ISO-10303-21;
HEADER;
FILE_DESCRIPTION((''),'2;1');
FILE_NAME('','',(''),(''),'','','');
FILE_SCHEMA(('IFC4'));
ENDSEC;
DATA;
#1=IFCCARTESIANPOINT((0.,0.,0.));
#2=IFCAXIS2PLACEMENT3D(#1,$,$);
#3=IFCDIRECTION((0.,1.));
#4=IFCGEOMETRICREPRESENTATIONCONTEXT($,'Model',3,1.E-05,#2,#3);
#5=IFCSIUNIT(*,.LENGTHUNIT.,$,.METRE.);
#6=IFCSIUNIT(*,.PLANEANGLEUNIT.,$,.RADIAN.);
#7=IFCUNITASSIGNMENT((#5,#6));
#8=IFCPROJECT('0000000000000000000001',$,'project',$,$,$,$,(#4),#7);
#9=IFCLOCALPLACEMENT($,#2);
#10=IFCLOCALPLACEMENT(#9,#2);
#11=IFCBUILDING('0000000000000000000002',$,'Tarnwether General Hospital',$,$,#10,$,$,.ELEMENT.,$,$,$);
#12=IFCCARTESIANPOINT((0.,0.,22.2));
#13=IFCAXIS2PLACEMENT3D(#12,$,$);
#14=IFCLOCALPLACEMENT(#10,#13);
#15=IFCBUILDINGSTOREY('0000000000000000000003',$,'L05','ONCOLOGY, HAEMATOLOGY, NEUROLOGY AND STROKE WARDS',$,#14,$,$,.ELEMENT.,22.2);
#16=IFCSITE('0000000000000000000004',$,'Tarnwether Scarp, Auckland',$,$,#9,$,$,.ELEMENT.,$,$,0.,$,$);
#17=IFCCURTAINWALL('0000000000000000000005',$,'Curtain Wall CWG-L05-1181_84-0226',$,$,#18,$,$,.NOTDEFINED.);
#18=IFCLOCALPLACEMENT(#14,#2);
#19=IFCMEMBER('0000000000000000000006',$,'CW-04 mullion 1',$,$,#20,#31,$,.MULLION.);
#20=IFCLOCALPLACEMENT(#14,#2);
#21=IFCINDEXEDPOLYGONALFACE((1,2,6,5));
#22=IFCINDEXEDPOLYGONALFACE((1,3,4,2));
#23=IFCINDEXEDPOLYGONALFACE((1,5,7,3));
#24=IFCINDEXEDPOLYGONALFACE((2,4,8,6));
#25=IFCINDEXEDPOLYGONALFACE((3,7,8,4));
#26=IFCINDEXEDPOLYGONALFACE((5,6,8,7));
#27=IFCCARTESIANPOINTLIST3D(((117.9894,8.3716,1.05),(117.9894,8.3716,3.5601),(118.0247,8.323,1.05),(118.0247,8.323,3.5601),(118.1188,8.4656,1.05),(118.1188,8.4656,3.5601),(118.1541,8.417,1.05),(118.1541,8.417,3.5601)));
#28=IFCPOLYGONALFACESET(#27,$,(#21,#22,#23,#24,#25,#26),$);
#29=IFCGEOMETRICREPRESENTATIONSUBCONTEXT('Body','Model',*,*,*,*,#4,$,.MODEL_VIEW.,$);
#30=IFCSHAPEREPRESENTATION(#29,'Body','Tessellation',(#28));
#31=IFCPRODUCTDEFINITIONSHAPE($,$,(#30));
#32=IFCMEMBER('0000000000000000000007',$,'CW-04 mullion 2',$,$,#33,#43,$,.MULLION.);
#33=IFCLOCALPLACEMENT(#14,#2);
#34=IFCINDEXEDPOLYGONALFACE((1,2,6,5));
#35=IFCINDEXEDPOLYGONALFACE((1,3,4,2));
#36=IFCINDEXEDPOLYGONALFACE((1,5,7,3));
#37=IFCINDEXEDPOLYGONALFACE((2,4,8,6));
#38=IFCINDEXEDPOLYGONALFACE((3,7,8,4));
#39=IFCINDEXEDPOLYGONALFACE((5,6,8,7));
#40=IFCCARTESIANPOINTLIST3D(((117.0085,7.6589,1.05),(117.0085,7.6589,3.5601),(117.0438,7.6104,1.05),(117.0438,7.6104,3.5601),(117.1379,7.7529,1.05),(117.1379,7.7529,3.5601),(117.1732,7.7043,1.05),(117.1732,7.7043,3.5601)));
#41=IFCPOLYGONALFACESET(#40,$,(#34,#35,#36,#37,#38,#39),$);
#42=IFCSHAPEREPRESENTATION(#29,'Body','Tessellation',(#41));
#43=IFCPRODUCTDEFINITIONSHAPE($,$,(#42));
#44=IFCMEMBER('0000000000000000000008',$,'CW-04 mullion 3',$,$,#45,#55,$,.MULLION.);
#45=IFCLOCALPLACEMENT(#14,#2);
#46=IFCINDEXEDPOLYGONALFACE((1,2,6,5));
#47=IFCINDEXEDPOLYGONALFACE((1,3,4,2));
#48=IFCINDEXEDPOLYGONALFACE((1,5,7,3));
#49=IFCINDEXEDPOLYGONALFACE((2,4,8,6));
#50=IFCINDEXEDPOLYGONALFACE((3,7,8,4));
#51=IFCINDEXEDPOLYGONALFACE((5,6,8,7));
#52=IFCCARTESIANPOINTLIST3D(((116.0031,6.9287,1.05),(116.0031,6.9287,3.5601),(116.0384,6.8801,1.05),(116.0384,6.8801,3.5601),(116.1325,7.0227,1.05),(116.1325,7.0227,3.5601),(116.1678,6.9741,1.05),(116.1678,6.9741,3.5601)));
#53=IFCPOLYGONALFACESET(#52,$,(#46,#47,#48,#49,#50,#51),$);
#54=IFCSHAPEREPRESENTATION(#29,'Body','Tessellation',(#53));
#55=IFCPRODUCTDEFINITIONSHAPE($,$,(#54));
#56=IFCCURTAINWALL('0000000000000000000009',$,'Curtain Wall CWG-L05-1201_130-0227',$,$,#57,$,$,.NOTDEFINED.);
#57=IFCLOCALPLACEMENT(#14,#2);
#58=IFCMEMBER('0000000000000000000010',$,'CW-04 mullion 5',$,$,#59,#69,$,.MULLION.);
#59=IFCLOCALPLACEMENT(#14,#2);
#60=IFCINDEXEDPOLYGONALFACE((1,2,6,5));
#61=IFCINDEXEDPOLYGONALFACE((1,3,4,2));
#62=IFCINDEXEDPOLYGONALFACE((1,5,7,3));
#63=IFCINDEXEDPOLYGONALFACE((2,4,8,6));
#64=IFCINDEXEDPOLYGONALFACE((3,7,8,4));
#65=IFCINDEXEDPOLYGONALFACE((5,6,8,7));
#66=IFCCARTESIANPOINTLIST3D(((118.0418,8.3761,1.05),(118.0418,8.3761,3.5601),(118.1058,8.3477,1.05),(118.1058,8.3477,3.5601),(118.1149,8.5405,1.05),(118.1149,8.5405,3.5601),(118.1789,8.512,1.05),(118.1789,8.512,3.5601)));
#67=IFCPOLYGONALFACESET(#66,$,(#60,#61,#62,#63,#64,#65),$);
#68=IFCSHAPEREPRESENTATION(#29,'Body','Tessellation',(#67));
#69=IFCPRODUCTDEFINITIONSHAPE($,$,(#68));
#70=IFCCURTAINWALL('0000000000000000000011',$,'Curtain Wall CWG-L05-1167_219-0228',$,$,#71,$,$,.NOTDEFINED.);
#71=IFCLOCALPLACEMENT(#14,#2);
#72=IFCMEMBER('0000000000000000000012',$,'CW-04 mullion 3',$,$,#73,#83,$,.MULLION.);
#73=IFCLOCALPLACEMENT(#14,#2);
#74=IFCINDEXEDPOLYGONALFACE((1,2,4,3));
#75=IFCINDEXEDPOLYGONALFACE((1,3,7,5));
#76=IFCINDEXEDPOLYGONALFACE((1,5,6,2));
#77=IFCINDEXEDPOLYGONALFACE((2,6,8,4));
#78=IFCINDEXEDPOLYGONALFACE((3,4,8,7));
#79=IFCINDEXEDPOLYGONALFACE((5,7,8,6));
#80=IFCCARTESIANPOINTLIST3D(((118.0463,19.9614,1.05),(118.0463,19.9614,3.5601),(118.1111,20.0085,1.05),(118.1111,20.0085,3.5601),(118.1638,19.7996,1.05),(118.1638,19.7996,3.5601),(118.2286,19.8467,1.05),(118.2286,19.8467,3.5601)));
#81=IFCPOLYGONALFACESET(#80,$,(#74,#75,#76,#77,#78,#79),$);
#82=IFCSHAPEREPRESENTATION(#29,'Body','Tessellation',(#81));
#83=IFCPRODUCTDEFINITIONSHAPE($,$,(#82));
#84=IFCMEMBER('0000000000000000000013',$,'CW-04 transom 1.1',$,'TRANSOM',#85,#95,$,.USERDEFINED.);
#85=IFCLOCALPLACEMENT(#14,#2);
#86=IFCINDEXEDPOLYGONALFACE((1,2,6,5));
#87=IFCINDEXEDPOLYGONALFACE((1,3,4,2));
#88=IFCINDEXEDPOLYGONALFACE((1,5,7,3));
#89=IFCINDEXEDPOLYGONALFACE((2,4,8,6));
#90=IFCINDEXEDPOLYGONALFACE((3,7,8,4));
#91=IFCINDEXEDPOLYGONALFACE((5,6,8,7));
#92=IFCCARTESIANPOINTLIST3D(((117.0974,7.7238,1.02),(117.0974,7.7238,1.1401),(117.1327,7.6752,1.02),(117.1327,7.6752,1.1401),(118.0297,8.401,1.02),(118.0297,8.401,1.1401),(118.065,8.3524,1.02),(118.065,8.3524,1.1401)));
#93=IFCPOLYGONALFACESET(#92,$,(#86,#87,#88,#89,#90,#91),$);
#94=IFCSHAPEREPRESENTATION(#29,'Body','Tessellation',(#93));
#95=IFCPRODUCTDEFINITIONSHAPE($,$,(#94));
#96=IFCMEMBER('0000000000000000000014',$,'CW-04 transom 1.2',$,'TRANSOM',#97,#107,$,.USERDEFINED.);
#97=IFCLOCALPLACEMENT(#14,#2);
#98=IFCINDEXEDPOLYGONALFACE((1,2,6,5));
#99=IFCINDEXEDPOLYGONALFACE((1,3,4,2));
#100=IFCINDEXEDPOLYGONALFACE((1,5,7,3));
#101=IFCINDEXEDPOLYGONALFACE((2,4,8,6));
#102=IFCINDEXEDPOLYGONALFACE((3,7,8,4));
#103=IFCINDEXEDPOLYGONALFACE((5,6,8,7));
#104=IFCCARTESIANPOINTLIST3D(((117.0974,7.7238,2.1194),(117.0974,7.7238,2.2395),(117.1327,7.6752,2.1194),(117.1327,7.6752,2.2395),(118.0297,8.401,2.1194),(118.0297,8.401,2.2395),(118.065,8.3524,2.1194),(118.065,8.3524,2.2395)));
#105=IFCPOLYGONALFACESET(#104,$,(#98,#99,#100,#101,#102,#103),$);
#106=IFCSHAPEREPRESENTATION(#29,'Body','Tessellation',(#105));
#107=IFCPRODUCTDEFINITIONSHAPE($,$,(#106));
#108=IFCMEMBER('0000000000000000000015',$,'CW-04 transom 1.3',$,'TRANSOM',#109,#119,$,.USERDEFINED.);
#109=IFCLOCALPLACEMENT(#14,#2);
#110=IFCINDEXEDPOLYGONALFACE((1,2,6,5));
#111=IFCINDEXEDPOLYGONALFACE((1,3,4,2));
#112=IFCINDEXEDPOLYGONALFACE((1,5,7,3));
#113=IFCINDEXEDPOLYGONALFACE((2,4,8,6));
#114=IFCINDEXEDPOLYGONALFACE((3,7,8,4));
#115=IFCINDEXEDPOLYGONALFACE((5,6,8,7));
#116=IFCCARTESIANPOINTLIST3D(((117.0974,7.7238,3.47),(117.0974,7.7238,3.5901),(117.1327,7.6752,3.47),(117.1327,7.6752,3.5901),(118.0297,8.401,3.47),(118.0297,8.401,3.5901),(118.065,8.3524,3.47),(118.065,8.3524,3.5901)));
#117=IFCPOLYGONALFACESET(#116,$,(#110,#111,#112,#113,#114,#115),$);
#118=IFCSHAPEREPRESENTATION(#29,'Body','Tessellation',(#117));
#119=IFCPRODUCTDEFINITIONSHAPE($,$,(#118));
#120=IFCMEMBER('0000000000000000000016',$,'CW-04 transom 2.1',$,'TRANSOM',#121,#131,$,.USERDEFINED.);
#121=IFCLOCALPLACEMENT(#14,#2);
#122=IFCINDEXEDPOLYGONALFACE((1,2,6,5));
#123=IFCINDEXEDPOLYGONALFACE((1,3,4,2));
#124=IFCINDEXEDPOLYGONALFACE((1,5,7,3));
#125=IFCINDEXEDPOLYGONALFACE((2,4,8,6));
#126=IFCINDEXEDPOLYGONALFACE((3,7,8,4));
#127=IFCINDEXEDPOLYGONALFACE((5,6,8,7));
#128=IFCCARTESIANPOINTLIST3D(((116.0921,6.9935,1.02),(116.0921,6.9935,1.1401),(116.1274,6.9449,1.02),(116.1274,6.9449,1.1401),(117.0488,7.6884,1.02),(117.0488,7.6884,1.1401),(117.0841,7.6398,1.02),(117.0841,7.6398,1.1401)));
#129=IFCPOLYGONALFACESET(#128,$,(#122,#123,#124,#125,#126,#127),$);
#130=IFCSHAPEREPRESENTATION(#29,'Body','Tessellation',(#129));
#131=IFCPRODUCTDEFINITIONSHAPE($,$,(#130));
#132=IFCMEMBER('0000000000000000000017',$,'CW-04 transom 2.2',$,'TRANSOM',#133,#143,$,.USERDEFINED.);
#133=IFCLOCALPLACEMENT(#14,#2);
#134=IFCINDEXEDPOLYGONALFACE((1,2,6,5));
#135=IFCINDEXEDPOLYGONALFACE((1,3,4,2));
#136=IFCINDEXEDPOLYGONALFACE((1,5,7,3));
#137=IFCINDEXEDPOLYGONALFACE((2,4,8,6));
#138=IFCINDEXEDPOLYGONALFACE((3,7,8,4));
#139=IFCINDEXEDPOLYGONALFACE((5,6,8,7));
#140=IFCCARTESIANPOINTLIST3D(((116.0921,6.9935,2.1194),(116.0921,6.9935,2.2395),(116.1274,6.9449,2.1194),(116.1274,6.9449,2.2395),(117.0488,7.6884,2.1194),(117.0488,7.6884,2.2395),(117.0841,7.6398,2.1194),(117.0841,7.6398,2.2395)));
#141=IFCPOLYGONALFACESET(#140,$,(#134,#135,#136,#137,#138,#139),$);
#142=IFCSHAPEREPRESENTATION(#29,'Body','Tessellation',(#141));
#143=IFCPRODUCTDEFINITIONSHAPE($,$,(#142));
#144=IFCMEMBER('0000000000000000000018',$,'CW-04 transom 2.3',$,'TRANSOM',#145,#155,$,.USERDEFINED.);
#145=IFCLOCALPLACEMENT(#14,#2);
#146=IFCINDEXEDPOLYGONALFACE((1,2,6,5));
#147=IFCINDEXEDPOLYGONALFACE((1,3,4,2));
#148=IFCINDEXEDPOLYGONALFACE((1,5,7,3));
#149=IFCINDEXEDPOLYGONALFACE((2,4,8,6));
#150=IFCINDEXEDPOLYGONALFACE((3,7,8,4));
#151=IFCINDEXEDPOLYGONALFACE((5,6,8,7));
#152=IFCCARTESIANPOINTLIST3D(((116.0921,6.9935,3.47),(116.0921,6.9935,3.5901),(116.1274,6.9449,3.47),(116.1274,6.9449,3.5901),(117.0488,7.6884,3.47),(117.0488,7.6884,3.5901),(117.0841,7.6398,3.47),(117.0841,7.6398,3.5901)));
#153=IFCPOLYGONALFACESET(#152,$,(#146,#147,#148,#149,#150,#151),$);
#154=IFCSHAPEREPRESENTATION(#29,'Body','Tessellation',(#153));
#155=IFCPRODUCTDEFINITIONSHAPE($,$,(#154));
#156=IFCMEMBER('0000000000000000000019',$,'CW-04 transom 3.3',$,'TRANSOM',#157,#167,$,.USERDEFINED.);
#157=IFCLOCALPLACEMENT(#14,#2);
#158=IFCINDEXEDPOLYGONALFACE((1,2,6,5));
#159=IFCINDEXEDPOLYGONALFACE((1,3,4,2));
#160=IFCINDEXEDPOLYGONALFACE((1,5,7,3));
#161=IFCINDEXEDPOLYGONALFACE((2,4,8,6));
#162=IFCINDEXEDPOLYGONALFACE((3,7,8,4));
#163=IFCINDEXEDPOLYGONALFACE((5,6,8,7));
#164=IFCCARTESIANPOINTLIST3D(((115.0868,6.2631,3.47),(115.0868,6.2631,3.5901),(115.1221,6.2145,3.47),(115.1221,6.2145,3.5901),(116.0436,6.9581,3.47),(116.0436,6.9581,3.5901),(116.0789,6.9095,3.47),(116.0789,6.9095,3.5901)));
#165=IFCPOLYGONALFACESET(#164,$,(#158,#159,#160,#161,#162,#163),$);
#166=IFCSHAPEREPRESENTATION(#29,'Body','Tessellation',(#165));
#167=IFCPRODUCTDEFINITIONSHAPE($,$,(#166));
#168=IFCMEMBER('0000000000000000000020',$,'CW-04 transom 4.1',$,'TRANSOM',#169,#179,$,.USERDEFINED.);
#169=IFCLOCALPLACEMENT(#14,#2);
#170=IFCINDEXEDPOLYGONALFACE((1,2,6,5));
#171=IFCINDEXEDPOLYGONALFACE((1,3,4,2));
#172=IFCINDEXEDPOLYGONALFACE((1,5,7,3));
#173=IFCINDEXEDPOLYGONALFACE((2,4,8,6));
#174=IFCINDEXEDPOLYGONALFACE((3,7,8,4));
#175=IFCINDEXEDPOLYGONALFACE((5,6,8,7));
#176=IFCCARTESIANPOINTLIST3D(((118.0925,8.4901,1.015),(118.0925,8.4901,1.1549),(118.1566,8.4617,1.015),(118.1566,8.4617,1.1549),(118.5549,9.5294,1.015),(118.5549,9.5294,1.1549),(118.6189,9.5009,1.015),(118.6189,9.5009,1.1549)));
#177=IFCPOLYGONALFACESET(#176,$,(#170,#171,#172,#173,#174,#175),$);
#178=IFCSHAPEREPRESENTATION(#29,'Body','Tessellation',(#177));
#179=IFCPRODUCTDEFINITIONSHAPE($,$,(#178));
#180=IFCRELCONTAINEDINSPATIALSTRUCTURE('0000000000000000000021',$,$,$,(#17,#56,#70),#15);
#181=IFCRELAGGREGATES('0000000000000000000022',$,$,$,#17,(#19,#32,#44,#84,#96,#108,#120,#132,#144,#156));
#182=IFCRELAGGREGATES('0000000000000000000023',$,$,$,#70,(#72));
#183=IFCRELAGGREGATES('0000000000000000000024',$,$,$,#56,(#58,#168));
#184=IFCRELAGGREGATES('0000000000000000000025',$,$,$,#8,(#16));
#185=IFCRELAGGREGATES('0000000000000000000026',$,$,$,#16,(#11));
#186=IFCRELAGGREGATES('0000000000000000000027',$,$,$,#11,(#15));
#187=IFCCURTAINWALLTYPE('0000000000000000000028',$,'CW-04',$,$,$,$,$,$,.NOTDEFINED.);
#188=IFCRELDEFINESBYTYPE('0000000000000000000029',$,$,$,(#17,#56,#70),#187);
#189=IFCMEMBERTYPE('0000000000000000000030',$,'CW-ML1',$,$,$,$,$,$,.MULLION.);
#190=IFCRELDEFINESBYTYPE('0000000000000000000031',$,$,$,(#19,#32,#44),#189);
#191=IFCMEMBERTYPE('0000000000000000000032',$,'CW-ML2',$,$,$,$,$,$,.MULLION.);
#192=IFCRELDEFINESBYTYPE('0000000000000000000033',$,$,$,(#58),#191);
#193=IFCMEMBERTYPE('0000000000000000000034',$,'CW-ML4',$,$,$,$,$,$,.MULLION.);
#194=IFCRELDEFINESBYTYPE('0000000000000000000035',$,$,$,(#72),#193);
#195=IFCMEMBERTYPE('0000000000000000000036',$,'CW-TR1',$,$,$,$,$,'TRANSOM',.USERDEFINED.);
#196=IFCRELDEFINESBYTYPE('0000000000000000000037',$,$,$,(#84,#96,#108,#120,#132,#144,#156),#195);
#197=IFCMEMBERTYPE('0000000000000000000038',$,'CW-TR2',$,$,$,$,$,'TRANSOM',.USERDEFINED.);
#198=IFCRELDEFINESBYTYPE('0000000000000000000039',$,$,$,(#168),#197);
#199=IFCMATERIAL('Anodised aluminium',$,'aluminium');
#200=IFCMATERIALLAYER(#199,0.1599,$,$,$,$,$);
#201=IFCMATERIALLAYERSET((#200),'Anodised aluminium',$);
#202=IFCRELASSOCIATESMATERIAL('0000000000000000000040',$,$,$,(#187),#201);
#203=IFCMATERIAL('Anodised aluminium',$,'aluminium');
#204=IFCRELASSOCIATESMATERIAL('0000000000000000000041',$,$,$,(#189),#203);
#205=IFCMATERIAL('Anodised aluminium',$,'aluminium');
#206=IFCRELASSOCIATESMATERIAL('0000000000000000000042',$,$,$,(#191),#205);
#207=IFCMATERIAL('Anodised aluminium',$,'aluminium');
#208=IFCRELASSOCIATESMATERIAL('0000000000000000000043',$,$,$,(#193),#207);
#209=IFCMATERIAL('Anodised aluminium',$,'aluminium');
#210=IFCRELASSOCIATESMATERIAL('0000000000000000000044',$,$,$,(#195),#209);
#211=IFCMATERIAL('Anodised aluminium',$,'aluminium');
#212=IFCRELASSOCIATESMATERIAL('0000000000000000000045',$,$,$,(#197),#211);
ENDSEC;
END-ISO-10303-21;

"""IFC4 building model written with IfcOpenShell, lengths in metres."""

from ifc_helpers import new_model, si_unit, direction, frame, origin, origin_2d, place, context, subcontext, project, spatial, rectangle, extrude, material, layer, layer_set, material_profile, profile_set, type_object, element, aggregate, save


model = new_model("IFC4")

# Units and contexts
model_context = context("Model", 3, precision=1e-05, world=origin(), true_north=direction((0.0, 1.0)))
body_context = subcontext(model_context, "Body", "Model", "MODEL_VIEW")
ifc_project = project(units=[si_unit("LENGTHUNIT", "METRE"), si_unit("PLANEANGLEUNIT", "RADIAN")], contexts=[model_context])

# Site, building, storey
site_placement = place(None, origin())
site = spatial("IfcSite", under=ifc_project, at=site_placement, Name="Tarnwether Scarp, Auckland", CompositionType="ELEMENT", RefElevation=0.0)
building_placement = place(site_placement, origin())
building = spatial("IfcBuilding", under=site, at=building_placement, Name="Tarnwether General Hospital", CompositionType="ELEMENT")
storey_placement = place(building_placement, frame((0.0, 0.0, 22.2)))
storey = spatial("IfcBuildingStorey", under=building, at=storey_placement, Name="L05", Description="ONCOLOGY, HAEMATOLOGY, NEUROLOGY AND STROKE WARDS", CompositionType="ELEMENT", Elevation=22.2)

# Curtain wall, members
ifc_material_1 = material(Name="Anodised aluminium", Category="aluminium")
ifc_layer_1 = layer(ifc_material_1, 0.1599)
ifc_layer_set_1 = layer_set([ifc_layer_1], Name="Anodised aluminium")
curtain_wall_type = type_object("IfcCurtainWallType", Name="CW-04", PredefinedType="NOTDEFINED", material=ifc_layer_set_1)
curtain_wall_1_placement = place(storey_placement, origin())
curtain_wall_1 = element("IfcCurtainWall", 1, at=curtain_wall_1_placement, inside=storey, type_object=curtain_wall_type, Name="Curtain Wall CWG-L05-1181_84-0226", PredefinedType="NOTDEFINED")
ifc_material_2 = material(Name="Anodised aluminium", Category="aluminium")
ifc_material_profile_1 = material_profile(ifc_material_2, rectangle(XDim=0.0601, YDim=0.1599, at=origin_2d()), Name="ALU-MUL-60x160")
ifc_profile_set_1 = profile_set([ifc_material_profile_1], Name="Anodised aluminium")
member_type_1 = type_object("IfcMemberType", Name="CW-ML1", PredefinedType="MULLION", material=ifc_profile_set_1)
member_1_placement = place(storey_placement, frame((118.0718, 8.3943, 1.05), z_axis=(0.0, 0.0, 1.0), x_axis=(0.587729, -0.809058, 0.0)))
member_1 = element("IfcMember", 2, at=member_1_placement, type_object=member_type_1, Name="CW-04 mullion 1", PredefinedType="MULLION", context=body_context, shape_type="SweptSolid", body=[
    extrude(rectangle(XDim=0.0601, YDim=0.1599, at=origin_2d()), origin(), (0.0, 0.0, 1.0), 2.51),
])
member_2_placement = place(storey_placement, frame((117.0908, 7.6816, 1.05), z_axis=(0.0, 0.0, 1.0), x_axis=(0.587729, -0.809058, 0.0)))
member_2 = element("IfcMember", 3, at=member_2_placement, type_object=member_type_1, Name="CW-04 mullion 2", PredefinedType="MULLION", context=body_context, shape_type="SweptSolid", body=[
    extrude(rectangle(XDim=0.0601, YDim=0.1599, at=origin_2d()), origin(), (0.0, 0.0, 1.0), 2.51),
])
member_3_placement = place(storey_placement, frame((116.0854, 6.9514, 1.05), z_axis=(0.0, 0.0, 1.0), x_axis=(0.587729, -0.809058, 0.0)))
member_3 = element("IfcMember", 4, at=member_3_placement, type_object=member_type_1, Name="CW-04 mullion 3", PredefinedType="MULLION", context=body_context, shape_type="SweptSolid", body=[
    extrude(rectangle(XDim=0.0601, YDim=0.1599, at=origin_2d()), origin(), (0.0, 0.0, 1.0), 2.51),
])

# Curtain walls, members
curtain_wall_2_placement = place(storey_placement, origin())
curtain_wall_2 = element("IfcCurtainWall", 5, at=curtain_wall_2_placement, inside=storey, type_object=curtain_wall_type, Name="Curtain Wall CWG-L05-1201_130-0227", PredefinedType="NOTDEFINED")
ifc_material_3 = material(Name="Anodised aluminium", Category="aluminium")
ifc_material_profile_2 = material_profile(ifc_material_3, rectangle(XDim=0.0701, YDim=0.1799, at=origin_2d()), Name="ALU-MUL-70x180")
ifc_profile_set_2 = profile_set([ifc_material_profile_2], Name="Anodised aluminium")
member_type_2 = type_object("IfcMemberType", Name="CW-ML2", PredefinedType="MULLION", material=ifc_profile_set_2)
member_4_placement = place(storey_placement, frame((118.1104, 8.4441, 1.05), z_axis=(0.0, 0.0, 1.0), x_axis=(0.913571, -0.40668, 0.0)))
member_4 = element("IfcMember", 6, at=member_4_placement, type_object=member_type_2, Name="CW-04 mullion 5", PredefinedType="MULLION", context=body_context, shape_type="SweptSolid", body=[
    extrude(rectangle(XDim=0.0701, YDim=0.1799, at=origin_2d()), origin(), (0.0, 0.0, 1.0), 2.51),
])
curtain_wall_3_placement = place(storey_placement, origin())
curtain_wall_3 = element("IfcCurtainWall", 7, at=curtain_wall_3_placement, inside=storey, type_object=curtain_wall_type, Name="Curtain Wall CWG-L05-1167_219-0228", PredefinedType="NOTDEFINED")
ifc_material_4 = material(Name="Anodised aluminium", Category="aluminium")
ifc_material_profile_3 = material_profile(ifc_material_4, rectangle(XDim=0.0801, YDim=0.2, at=origin_2d()), Name="ALU-MUL-80x200")
ifc_profile_set_3 = profile_set([ifc_material_profile_3], Name="Anodised aluminium")
member_type_3 = type_object("IfcMemberType", Name="CW-ML4", PredefinedType="MULLION", material=ifc_profile_set_3)
member_5_placement = place(storey_placement, frame((118.1375, 19.9041, 1.05), z_axis=(0.0, 0.0, 1.0), x_axis=(0.808988, 0.587825, 0.0)))
member_5 = element("IfcMember", 8, at=member_5_placement, type_object=member_type_3, Name="CW-04 mullion 3", PredefinedType="MULLION", context=body_context, shape_type="SweptSolid", body=[
    extrude(rectangle(XDim=0.0801, YDim=0.2, at=origin_2d()), origin(), (0.0, 0.0, 1.0), 2.51),
])

# Members
ifc_material_5 = material(Name="Anodised aluminium", Category="aluminium")
ifc_material_profile_4 = material_profile(ifc_material_5, rectangle(XDim=0.0601, YDim=0.1201, at=origin_2d()), Name="ALU-TRN-60x120")
ifc_profile_set_4 = profile_set([ifc_material_profile_4], Name="Anodised aluminium")
member_type_4 = type_object("IfcMemberType", Name="CW-TR1", ElementType="TRANSOM", PredefinedType="USERDEFINED", material=ifc_profile_set_4)
member_6_placement = place(storey_placement, frame((118.0474, 8.3767, 1.0801), z_axis=(-0.809084, -0.587693, 0.0), x_axis=(0.587693, -0.809084, 0.0)))
member_6 = element("IfcMember", 9, at=member_6_placement, type_object=member_type_4, Name="CW-04 transom 1.1", ObjectType="TRANSOM", PredefinedType="USERDEFINED", context=body_context, shape_type="SweptSolid", body=[
    extrude(rectangle(XDim=0.0601, YDim=0.1201, at=origin_2d()), origin(), (0.0, 0.0, 1.0), 1.1523),
])
member_7_placement = place(storey_placement, frame((118.0474, 8.3767, 2.1794), z_axis=(-0.809084, -0.587693, 0.0), x_axis=(0.587693, -0.809084, 0.0)))
member_7 = element("IfcMember", 10, at=member_7_placement, type_object=member_type_4, Name="CW-04 transom 1.2", ObjectType="TRANSOM", PredefinedType="USERDEFINED", context=body_context, shape_type="SweptSolid", body=[
    extrude(rectangle(XDim=0.0601, YDim=0.1201, at=origin_2d()), origin(), (0.0, 0.0, 1.0), 1.1523),
])
member_8_placement = place(storey_placement, frame((118.0474, 8.3767, 3.53), z_axis=(-0.809084, -0.587693, 0.0), x_axis=(0.587693, -0.809084, 0.0)))
member_8 = element("IfcMember", 11, at=member_8_placement, type_object=member_type_4, Name="CW-04 transom 1.3", ObjectType="TRANSOM", PredefinedType="USERDEFINED", context=body_context, shape_type="SweptSolid", body=[
    extrude(rectangle(XDim=0.0601, YDim=0.1201, at=origin_2d()), origin(), (0.0, 0.0, 1.0), 1.1523),
])
member_9_placement = place(storey_placement, frame((117.0664, 7.6641, 1.0801), z_axis=(-0.809075, -0.587705, 0.0), x_axis=(0.587705, -0.809075, 0.0)))
member_9 = element("IfcMember", 12, at=member_9_placement, type_object=member_type_4, Name="CW-04 transom 2.1", ObjectType="TRANSOM", PredefinedType="USERDEFINED", context=body_context, shape_type="SweptSolid", body=[
    extrude(rectangle(XDim=0.0601, YDim=0.1201, at=origin_2d()), origin(), (0.0, 0.0, 1.0), 1.1824),
])
member_10_placement = place(storey_placement, frame((117.0664, 7.6641, 2.1794), z_axis=(-0.809075, -0.587705, 0.0), x_axis=(0.587705, -0.809075, 0.0)))
member_10 = element("IfcMember", 13, at=member_10_placement, type_object=member_type_4, Name="CW-04 transom 2.2", ObjectType="TRANSOM", PredefinedType="USERDEFINED", context=body_context, shape_type="SweptSolid", body=[
    extrude(rectangle(XDim=0.0601, YDim=0.1201, at=origin_2d()), origin(), (0.0, 0.0, 1.0), 1.1824),
])
member_11_placement = place(storey_placement, frame((117.0664, 7.6641, 3.53), z_axis=(-0.809075, -0.587705, 0.0), x_axis=(0.587705, -0.809075, 0.0)))
member_11 = element("IfcMember", 14, at=member_11_placement, type_object=member_type_4, Name="CW-04 transom 2.3", ObjectType="TRANSOM", PredefinedType="USERDEFINED", context=body_context, shape_type="SweptSolid", body=[
    extrude(rectangle(XDim=0.0601, YDim=0.1201, at=origin_2d()), origin(), (0.0, 0.0, 1.0), 1.1824),
])
member_12_placement = place(storey_placement, frame((116.0613, 6.9338, 3.53), z_axis=(-0.809048, -0.587742, 0.0), x_axis=(0.587742, -0.809048, 0.0)))
member_12 = element("IfcMember", 15, at=member_12_placement, type_object=member_type_4, Name="CW-04 transom 3.3", ObjectType="TRANSOM", PredefinedType="USERDEFINED", context=body_context, shape_type="SweptSolid", body=[
    extrude(rectangle(XDim=0.0601, YDim=0.1201, at=origin_2d()), origin(), (0.0, 0.0, 1.0), 1.1826),
])
ifc_material_6 = material(Name="Anodised aluminium", Category="aluminium")
ifc_material_profile_5 = material_profile(ifc_material_6, rectangle(XDim=0.0701, YDim=0.1399, at=origin_2d()), Name="ALU-TRN-70x140")
ifc_profile_set_5 = profile_set([ifc_material_profile_5], Name="Anodised aluminium")
member_type_5 = type_object("IfcMemberType", Name="CW-TR2", ElementType="TRANSOM", PredefinedType="USERDEFINED", material=ifc_profile_set_5)
member_13_placement = place(storey_placement, frame((118.5869, 9.5151, 1.085), z_axis=(-0.406497, -0.913652, 0.0), x_axis=(0.913652, -0.406497, 0.0)))
member_13 = element("IfcMember", 16, at=member_13_placement, type_object=member_type_5, Name="CW-04 transom 4.1", ObjectType="TRANSOM", PredefinedType="USERDEFINED", context=body_context, shape_type="SweptSolid", body=[
    extrude(rectangle(XDim=0.0701, YDim=0.1399, at=origin_2d()), origin(), (0.0, 0.0, 1.0), 1.1375),
])

aggregate(curtain_wall_1, [member_1, member_2, member_3, member_6, member_7, member_8, member_9, member_10, member_11, member_12])
aggregate(curtain_wall_3, [member_5])
aggregate(curtain_wall_2, [member_4, member_13])

save(model, "model.ifc")
